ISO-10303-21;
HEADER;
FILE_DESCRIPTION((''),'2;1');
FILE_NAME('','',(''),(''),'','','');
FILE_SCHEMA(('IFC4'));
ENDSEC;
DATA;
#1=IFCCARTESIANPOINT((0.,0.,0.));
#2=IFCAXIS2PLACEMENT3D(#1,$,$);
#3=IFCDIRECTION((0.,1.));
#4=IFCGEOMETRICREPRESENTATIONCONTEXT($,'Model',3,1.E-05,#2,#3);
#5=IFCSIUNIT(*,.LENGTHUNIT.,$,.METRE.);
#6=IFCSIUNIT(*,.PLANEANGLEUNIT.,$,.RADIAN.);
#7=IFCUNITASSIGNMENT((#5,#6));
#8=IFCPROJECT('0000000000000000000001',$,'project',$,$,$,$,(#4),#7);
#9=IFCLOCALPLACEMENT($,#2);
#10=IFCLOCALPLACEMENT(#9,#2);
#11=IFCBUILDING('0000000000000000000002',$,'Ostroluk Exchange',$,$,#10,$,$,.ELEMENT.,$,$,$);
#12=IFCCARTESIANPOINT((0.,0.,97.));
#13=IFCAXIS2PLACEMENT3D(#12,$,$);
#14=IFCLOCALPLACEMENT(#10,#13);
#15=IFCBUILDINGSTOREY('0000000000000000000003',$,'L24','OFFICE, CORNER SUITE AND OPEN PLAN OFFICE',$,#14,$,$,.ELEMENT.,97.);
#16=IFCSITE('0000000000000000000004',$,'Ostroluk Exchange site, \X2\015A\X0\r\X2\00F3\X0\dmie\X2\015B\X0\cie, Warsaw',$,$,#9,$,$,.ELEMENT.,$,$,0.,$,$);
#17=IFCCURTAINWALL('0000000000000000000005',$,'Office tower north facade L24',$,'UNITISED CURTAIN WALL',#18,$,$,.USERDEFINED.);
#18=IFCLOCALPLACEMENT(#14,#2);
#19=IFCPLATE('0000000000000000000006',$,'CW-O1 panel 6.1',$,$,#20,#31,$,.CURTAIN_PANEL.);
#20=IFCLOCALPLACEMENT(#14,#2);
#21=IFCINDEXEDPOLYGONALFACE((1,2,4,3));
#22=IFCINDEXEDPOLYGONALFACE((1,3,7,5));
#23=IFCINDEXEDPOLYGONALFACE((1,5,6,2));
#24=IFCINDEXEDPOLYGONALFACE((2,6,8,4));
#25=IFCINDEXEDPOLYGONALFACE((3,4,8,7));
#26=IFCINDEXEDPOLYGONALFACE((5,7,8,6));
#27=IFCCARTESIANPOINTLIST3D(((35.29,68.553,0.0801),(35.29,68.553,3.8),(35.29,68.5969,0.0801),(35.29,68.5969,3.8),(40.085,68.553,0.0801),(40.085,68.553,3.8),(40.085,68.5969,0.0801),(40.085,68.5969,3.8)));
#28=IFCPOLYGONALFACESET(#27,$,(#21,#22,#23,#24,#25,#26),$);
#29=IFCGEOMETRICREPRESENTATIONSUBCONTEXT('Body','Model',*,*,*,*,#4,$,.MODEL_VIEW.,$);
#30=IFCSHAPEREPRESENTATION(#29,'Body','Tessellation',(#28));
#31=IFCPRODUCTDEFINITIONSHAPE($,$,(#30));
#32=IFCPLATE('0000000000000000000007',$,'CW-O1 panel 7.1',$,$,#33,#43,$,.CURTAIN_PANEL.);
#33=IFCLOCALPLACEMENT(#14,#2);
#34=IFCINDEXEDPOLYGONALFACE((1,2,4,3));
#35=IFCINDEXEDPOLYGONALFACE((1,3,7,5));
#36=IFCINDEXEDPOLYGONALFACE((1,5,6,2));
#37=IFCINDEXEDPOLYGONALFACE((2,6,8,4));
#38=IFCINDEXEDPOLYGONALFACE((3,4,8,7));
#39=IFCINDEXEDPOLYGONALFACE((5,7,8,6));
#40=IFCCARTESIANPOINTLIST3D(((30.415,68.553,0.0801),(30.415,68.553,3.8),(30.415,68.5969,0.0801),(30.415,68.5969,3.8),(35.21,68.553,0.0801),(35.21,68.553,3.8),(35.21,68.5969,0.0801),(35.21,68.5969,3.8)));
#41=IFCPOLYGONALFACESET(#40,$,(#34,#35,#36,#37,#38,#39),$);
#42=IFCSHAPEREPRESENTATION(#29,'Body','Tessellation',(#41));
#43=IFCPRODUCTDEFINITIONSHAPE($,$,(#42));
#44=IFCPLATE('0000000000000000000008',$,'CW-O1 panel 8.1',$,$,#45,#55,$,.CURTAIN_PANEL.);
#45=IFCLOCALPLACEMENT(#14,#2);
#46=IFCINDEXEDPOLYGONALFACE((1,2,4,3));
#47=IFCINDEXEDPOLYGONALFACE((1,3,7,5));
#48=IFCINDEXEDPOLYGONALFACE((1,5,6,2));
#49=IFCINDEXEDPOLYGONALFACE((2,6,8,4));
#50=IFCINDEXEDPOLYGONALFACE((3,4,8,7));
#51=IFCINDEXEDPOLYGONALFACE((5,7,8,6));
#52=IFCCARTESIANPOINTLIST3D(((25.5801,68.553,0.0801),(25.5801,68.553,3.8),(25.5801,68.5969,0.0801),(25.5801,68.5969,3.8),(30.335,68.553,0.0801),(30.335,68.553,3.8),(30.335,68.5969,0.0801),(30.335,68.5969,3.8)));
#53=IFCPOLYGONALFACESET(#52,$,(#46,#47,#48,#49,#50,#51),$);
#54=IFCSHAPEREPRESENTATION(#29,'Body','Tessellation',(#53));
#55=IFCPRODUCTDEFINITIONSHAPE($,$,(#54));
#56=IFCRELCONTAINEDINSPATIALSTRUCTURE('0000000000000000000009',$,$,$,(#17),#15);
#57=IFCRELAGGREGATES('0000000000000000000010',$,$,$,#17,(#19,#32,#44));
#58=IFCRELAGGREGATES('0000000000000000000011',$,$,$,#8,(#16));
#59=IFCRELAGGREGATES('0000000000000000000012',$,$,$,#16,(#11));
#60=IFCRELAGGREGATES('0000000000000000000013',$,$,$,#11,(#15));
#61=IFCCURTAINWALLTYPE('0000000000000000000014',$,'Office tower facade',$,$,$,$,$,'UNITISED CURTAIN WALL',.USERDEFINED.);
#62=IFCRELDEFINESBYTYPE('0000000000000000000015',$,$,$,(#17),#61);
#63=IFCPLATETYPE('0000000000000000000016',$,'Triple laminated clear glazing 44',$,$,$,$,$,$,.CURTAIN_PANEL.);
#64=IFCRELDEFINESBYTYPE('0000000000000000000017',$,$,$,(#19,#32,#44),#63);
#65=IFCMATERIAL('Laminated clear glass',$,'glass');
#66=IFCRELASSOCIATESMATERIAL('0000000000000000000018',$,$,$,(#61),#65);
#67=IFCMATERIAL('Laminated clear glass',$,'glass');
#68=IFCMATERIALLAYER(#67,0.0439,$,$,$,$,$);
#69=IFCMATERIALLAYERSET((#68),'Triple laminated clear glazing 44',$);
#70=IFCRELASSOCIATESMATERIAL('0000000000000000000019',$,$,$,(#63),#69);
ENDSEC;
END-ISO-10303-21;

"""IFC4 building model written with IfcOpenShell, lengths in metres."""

from ifc_helpers import new_model, si_unit, direction, frame, origin, origin_2d, place, context, subcontext, project, spatial, rectangle, extrude, material, layer, layer_set, type_object, element, aggregate, save


model = new_model("IFC4")

# Units and contexts
model_context = context("Model", 3, precision=1e-05, world=origin(), true_north=direction((0.0, 1.0)))
body_context = subcontext(model_context, "Body", "Model", "MODEL_VIEW")
ifc_project = project(units=[si_unit("LENGTHUNIT", "METRE"), si_unit("PLANEANGLEUNIT", "RADIAN")], contexts=[model_context])

# Site, building, storey
site_placement = place(None, origin())
site = spatial("IfcSite", under=ifc_project, at=site_placement, Name="Ostroluk Exchange site, Śródmieście, Warsaw", CompositionType="ELEMENT", RefElevation=0.0)
building_placement = place(site_placement, origin())
building = spatial("IfcBuilding", under=site, at=building_placement, Name="Ostroluk Exchange", CompositionType="ELEMENT")
storey_placement = place(building_placement, frame((0.0, 0.0, 97.0)))
storey = spatial("IfcBuildingStorey", under=building, at=storey_placement, Name="L24", Description="OFFICE, CORNER SUITE AND OPEN PLAN OFFICE", CompositionType="ELEMENT", Elevation=97.0)

# Curtain wall, plates
ifc_material_1 = material(Name="Laminated clear glass", Category="glass")
curtain_wall_type = type_object("IfcCurtainWallType", Name="Office tower facade", ElementType="UNITISED CURTAIN WALL", PredefinedType="USERDEFINED", material=ifc_material_1)
curtain_wall_placement = place(storey_placement, origin())
curtain_wall = element("IfcCurtainWall", 1, at=curtain_wall_placement, inside=storey, type_object=curtain_wall_type, Name="Office tower north facade L24", ObjectType="UNITISED CURTAIN WALL", PredefinedType="USERDEFINED")
ifc_material_2 = material(Name="Laminated clear glass", Category="glass")
ifc_layer_1 = layer(ifc_material_2, 0.0439)
ifc_layer_set_1 = layer_set([ifc_layer_1], Name="Triple laminated clear glazing 44")
plate_type = type_object("IfcPlateType", Name="Triple laminated clear glazing 44", PredefinedType="CURTAIN_PANEL", material=ifc_layer_set_1)
plate_1_placement = place(storey_placement, frame((37.6875, 68.575, 0.0801), z_axis=(0.0, 0.0, 1.0), x_axis=(-1.0, 0.0, 0.0)))
plate_1 = element("IfcPlate", 2, at=plate_1_placement, type_object=plate_type, Name="CW-O1 panel 6.1", PredefinedType="CURTAIN_PANEL", context=body_context, shape_type="SweptSolid", body=[
    extrude(rectangle(XDim=4.7949, YDim=0.0439, at=origin_2d()), origin(), (0.0, 0.0, 1.0), 3.72),
])
plate_2_placement = place(storey_placement, frame((32.8125, 68.575, 0.0801), z_axis=(0.0, 0.0, 1.0), x_axis=(-1.0, 0.0, 0.0)))
plate_2 = element("IfcPlate", 3, at=plate_2_placement, type_object=plate_type, Name="CW-O1 panel 7.1", PredefinedType="CURTAIN_PANEL", context=body_context, shape_type="SweptSolid", body=[
    extrude(rectangle(XDim=4.7949, YDim=0.0439, at=origin_2d()), origin(), (0.0, 0.0, 1.0), 3.72),
])
plate_3_placement = place(storey_placement, frame((27.9575, 68.575, 0.0801), z_axis=(0.0, 0.0, 1.0), x_axis=(-1.0, 0.0, 0.0)))
plate_3 = element("IfcPlate", 4, at=plate_3_placement, type_object=plate_type, Name="CW-O1 panel 8.1", PredefinedType="CURTAIN_PANEL", context=body_context, shape_type="SweptSolid", body=[
    extrude(rectangle(XDim=4.7549, YDim=0.0439, at=origin_2d()), origin(), (0.0, 0.0, 1.0), 3.72),
])
aggregate(curtain_wall, [plate_1, plate_2, plate_3])

save(model, "model.ifc")
